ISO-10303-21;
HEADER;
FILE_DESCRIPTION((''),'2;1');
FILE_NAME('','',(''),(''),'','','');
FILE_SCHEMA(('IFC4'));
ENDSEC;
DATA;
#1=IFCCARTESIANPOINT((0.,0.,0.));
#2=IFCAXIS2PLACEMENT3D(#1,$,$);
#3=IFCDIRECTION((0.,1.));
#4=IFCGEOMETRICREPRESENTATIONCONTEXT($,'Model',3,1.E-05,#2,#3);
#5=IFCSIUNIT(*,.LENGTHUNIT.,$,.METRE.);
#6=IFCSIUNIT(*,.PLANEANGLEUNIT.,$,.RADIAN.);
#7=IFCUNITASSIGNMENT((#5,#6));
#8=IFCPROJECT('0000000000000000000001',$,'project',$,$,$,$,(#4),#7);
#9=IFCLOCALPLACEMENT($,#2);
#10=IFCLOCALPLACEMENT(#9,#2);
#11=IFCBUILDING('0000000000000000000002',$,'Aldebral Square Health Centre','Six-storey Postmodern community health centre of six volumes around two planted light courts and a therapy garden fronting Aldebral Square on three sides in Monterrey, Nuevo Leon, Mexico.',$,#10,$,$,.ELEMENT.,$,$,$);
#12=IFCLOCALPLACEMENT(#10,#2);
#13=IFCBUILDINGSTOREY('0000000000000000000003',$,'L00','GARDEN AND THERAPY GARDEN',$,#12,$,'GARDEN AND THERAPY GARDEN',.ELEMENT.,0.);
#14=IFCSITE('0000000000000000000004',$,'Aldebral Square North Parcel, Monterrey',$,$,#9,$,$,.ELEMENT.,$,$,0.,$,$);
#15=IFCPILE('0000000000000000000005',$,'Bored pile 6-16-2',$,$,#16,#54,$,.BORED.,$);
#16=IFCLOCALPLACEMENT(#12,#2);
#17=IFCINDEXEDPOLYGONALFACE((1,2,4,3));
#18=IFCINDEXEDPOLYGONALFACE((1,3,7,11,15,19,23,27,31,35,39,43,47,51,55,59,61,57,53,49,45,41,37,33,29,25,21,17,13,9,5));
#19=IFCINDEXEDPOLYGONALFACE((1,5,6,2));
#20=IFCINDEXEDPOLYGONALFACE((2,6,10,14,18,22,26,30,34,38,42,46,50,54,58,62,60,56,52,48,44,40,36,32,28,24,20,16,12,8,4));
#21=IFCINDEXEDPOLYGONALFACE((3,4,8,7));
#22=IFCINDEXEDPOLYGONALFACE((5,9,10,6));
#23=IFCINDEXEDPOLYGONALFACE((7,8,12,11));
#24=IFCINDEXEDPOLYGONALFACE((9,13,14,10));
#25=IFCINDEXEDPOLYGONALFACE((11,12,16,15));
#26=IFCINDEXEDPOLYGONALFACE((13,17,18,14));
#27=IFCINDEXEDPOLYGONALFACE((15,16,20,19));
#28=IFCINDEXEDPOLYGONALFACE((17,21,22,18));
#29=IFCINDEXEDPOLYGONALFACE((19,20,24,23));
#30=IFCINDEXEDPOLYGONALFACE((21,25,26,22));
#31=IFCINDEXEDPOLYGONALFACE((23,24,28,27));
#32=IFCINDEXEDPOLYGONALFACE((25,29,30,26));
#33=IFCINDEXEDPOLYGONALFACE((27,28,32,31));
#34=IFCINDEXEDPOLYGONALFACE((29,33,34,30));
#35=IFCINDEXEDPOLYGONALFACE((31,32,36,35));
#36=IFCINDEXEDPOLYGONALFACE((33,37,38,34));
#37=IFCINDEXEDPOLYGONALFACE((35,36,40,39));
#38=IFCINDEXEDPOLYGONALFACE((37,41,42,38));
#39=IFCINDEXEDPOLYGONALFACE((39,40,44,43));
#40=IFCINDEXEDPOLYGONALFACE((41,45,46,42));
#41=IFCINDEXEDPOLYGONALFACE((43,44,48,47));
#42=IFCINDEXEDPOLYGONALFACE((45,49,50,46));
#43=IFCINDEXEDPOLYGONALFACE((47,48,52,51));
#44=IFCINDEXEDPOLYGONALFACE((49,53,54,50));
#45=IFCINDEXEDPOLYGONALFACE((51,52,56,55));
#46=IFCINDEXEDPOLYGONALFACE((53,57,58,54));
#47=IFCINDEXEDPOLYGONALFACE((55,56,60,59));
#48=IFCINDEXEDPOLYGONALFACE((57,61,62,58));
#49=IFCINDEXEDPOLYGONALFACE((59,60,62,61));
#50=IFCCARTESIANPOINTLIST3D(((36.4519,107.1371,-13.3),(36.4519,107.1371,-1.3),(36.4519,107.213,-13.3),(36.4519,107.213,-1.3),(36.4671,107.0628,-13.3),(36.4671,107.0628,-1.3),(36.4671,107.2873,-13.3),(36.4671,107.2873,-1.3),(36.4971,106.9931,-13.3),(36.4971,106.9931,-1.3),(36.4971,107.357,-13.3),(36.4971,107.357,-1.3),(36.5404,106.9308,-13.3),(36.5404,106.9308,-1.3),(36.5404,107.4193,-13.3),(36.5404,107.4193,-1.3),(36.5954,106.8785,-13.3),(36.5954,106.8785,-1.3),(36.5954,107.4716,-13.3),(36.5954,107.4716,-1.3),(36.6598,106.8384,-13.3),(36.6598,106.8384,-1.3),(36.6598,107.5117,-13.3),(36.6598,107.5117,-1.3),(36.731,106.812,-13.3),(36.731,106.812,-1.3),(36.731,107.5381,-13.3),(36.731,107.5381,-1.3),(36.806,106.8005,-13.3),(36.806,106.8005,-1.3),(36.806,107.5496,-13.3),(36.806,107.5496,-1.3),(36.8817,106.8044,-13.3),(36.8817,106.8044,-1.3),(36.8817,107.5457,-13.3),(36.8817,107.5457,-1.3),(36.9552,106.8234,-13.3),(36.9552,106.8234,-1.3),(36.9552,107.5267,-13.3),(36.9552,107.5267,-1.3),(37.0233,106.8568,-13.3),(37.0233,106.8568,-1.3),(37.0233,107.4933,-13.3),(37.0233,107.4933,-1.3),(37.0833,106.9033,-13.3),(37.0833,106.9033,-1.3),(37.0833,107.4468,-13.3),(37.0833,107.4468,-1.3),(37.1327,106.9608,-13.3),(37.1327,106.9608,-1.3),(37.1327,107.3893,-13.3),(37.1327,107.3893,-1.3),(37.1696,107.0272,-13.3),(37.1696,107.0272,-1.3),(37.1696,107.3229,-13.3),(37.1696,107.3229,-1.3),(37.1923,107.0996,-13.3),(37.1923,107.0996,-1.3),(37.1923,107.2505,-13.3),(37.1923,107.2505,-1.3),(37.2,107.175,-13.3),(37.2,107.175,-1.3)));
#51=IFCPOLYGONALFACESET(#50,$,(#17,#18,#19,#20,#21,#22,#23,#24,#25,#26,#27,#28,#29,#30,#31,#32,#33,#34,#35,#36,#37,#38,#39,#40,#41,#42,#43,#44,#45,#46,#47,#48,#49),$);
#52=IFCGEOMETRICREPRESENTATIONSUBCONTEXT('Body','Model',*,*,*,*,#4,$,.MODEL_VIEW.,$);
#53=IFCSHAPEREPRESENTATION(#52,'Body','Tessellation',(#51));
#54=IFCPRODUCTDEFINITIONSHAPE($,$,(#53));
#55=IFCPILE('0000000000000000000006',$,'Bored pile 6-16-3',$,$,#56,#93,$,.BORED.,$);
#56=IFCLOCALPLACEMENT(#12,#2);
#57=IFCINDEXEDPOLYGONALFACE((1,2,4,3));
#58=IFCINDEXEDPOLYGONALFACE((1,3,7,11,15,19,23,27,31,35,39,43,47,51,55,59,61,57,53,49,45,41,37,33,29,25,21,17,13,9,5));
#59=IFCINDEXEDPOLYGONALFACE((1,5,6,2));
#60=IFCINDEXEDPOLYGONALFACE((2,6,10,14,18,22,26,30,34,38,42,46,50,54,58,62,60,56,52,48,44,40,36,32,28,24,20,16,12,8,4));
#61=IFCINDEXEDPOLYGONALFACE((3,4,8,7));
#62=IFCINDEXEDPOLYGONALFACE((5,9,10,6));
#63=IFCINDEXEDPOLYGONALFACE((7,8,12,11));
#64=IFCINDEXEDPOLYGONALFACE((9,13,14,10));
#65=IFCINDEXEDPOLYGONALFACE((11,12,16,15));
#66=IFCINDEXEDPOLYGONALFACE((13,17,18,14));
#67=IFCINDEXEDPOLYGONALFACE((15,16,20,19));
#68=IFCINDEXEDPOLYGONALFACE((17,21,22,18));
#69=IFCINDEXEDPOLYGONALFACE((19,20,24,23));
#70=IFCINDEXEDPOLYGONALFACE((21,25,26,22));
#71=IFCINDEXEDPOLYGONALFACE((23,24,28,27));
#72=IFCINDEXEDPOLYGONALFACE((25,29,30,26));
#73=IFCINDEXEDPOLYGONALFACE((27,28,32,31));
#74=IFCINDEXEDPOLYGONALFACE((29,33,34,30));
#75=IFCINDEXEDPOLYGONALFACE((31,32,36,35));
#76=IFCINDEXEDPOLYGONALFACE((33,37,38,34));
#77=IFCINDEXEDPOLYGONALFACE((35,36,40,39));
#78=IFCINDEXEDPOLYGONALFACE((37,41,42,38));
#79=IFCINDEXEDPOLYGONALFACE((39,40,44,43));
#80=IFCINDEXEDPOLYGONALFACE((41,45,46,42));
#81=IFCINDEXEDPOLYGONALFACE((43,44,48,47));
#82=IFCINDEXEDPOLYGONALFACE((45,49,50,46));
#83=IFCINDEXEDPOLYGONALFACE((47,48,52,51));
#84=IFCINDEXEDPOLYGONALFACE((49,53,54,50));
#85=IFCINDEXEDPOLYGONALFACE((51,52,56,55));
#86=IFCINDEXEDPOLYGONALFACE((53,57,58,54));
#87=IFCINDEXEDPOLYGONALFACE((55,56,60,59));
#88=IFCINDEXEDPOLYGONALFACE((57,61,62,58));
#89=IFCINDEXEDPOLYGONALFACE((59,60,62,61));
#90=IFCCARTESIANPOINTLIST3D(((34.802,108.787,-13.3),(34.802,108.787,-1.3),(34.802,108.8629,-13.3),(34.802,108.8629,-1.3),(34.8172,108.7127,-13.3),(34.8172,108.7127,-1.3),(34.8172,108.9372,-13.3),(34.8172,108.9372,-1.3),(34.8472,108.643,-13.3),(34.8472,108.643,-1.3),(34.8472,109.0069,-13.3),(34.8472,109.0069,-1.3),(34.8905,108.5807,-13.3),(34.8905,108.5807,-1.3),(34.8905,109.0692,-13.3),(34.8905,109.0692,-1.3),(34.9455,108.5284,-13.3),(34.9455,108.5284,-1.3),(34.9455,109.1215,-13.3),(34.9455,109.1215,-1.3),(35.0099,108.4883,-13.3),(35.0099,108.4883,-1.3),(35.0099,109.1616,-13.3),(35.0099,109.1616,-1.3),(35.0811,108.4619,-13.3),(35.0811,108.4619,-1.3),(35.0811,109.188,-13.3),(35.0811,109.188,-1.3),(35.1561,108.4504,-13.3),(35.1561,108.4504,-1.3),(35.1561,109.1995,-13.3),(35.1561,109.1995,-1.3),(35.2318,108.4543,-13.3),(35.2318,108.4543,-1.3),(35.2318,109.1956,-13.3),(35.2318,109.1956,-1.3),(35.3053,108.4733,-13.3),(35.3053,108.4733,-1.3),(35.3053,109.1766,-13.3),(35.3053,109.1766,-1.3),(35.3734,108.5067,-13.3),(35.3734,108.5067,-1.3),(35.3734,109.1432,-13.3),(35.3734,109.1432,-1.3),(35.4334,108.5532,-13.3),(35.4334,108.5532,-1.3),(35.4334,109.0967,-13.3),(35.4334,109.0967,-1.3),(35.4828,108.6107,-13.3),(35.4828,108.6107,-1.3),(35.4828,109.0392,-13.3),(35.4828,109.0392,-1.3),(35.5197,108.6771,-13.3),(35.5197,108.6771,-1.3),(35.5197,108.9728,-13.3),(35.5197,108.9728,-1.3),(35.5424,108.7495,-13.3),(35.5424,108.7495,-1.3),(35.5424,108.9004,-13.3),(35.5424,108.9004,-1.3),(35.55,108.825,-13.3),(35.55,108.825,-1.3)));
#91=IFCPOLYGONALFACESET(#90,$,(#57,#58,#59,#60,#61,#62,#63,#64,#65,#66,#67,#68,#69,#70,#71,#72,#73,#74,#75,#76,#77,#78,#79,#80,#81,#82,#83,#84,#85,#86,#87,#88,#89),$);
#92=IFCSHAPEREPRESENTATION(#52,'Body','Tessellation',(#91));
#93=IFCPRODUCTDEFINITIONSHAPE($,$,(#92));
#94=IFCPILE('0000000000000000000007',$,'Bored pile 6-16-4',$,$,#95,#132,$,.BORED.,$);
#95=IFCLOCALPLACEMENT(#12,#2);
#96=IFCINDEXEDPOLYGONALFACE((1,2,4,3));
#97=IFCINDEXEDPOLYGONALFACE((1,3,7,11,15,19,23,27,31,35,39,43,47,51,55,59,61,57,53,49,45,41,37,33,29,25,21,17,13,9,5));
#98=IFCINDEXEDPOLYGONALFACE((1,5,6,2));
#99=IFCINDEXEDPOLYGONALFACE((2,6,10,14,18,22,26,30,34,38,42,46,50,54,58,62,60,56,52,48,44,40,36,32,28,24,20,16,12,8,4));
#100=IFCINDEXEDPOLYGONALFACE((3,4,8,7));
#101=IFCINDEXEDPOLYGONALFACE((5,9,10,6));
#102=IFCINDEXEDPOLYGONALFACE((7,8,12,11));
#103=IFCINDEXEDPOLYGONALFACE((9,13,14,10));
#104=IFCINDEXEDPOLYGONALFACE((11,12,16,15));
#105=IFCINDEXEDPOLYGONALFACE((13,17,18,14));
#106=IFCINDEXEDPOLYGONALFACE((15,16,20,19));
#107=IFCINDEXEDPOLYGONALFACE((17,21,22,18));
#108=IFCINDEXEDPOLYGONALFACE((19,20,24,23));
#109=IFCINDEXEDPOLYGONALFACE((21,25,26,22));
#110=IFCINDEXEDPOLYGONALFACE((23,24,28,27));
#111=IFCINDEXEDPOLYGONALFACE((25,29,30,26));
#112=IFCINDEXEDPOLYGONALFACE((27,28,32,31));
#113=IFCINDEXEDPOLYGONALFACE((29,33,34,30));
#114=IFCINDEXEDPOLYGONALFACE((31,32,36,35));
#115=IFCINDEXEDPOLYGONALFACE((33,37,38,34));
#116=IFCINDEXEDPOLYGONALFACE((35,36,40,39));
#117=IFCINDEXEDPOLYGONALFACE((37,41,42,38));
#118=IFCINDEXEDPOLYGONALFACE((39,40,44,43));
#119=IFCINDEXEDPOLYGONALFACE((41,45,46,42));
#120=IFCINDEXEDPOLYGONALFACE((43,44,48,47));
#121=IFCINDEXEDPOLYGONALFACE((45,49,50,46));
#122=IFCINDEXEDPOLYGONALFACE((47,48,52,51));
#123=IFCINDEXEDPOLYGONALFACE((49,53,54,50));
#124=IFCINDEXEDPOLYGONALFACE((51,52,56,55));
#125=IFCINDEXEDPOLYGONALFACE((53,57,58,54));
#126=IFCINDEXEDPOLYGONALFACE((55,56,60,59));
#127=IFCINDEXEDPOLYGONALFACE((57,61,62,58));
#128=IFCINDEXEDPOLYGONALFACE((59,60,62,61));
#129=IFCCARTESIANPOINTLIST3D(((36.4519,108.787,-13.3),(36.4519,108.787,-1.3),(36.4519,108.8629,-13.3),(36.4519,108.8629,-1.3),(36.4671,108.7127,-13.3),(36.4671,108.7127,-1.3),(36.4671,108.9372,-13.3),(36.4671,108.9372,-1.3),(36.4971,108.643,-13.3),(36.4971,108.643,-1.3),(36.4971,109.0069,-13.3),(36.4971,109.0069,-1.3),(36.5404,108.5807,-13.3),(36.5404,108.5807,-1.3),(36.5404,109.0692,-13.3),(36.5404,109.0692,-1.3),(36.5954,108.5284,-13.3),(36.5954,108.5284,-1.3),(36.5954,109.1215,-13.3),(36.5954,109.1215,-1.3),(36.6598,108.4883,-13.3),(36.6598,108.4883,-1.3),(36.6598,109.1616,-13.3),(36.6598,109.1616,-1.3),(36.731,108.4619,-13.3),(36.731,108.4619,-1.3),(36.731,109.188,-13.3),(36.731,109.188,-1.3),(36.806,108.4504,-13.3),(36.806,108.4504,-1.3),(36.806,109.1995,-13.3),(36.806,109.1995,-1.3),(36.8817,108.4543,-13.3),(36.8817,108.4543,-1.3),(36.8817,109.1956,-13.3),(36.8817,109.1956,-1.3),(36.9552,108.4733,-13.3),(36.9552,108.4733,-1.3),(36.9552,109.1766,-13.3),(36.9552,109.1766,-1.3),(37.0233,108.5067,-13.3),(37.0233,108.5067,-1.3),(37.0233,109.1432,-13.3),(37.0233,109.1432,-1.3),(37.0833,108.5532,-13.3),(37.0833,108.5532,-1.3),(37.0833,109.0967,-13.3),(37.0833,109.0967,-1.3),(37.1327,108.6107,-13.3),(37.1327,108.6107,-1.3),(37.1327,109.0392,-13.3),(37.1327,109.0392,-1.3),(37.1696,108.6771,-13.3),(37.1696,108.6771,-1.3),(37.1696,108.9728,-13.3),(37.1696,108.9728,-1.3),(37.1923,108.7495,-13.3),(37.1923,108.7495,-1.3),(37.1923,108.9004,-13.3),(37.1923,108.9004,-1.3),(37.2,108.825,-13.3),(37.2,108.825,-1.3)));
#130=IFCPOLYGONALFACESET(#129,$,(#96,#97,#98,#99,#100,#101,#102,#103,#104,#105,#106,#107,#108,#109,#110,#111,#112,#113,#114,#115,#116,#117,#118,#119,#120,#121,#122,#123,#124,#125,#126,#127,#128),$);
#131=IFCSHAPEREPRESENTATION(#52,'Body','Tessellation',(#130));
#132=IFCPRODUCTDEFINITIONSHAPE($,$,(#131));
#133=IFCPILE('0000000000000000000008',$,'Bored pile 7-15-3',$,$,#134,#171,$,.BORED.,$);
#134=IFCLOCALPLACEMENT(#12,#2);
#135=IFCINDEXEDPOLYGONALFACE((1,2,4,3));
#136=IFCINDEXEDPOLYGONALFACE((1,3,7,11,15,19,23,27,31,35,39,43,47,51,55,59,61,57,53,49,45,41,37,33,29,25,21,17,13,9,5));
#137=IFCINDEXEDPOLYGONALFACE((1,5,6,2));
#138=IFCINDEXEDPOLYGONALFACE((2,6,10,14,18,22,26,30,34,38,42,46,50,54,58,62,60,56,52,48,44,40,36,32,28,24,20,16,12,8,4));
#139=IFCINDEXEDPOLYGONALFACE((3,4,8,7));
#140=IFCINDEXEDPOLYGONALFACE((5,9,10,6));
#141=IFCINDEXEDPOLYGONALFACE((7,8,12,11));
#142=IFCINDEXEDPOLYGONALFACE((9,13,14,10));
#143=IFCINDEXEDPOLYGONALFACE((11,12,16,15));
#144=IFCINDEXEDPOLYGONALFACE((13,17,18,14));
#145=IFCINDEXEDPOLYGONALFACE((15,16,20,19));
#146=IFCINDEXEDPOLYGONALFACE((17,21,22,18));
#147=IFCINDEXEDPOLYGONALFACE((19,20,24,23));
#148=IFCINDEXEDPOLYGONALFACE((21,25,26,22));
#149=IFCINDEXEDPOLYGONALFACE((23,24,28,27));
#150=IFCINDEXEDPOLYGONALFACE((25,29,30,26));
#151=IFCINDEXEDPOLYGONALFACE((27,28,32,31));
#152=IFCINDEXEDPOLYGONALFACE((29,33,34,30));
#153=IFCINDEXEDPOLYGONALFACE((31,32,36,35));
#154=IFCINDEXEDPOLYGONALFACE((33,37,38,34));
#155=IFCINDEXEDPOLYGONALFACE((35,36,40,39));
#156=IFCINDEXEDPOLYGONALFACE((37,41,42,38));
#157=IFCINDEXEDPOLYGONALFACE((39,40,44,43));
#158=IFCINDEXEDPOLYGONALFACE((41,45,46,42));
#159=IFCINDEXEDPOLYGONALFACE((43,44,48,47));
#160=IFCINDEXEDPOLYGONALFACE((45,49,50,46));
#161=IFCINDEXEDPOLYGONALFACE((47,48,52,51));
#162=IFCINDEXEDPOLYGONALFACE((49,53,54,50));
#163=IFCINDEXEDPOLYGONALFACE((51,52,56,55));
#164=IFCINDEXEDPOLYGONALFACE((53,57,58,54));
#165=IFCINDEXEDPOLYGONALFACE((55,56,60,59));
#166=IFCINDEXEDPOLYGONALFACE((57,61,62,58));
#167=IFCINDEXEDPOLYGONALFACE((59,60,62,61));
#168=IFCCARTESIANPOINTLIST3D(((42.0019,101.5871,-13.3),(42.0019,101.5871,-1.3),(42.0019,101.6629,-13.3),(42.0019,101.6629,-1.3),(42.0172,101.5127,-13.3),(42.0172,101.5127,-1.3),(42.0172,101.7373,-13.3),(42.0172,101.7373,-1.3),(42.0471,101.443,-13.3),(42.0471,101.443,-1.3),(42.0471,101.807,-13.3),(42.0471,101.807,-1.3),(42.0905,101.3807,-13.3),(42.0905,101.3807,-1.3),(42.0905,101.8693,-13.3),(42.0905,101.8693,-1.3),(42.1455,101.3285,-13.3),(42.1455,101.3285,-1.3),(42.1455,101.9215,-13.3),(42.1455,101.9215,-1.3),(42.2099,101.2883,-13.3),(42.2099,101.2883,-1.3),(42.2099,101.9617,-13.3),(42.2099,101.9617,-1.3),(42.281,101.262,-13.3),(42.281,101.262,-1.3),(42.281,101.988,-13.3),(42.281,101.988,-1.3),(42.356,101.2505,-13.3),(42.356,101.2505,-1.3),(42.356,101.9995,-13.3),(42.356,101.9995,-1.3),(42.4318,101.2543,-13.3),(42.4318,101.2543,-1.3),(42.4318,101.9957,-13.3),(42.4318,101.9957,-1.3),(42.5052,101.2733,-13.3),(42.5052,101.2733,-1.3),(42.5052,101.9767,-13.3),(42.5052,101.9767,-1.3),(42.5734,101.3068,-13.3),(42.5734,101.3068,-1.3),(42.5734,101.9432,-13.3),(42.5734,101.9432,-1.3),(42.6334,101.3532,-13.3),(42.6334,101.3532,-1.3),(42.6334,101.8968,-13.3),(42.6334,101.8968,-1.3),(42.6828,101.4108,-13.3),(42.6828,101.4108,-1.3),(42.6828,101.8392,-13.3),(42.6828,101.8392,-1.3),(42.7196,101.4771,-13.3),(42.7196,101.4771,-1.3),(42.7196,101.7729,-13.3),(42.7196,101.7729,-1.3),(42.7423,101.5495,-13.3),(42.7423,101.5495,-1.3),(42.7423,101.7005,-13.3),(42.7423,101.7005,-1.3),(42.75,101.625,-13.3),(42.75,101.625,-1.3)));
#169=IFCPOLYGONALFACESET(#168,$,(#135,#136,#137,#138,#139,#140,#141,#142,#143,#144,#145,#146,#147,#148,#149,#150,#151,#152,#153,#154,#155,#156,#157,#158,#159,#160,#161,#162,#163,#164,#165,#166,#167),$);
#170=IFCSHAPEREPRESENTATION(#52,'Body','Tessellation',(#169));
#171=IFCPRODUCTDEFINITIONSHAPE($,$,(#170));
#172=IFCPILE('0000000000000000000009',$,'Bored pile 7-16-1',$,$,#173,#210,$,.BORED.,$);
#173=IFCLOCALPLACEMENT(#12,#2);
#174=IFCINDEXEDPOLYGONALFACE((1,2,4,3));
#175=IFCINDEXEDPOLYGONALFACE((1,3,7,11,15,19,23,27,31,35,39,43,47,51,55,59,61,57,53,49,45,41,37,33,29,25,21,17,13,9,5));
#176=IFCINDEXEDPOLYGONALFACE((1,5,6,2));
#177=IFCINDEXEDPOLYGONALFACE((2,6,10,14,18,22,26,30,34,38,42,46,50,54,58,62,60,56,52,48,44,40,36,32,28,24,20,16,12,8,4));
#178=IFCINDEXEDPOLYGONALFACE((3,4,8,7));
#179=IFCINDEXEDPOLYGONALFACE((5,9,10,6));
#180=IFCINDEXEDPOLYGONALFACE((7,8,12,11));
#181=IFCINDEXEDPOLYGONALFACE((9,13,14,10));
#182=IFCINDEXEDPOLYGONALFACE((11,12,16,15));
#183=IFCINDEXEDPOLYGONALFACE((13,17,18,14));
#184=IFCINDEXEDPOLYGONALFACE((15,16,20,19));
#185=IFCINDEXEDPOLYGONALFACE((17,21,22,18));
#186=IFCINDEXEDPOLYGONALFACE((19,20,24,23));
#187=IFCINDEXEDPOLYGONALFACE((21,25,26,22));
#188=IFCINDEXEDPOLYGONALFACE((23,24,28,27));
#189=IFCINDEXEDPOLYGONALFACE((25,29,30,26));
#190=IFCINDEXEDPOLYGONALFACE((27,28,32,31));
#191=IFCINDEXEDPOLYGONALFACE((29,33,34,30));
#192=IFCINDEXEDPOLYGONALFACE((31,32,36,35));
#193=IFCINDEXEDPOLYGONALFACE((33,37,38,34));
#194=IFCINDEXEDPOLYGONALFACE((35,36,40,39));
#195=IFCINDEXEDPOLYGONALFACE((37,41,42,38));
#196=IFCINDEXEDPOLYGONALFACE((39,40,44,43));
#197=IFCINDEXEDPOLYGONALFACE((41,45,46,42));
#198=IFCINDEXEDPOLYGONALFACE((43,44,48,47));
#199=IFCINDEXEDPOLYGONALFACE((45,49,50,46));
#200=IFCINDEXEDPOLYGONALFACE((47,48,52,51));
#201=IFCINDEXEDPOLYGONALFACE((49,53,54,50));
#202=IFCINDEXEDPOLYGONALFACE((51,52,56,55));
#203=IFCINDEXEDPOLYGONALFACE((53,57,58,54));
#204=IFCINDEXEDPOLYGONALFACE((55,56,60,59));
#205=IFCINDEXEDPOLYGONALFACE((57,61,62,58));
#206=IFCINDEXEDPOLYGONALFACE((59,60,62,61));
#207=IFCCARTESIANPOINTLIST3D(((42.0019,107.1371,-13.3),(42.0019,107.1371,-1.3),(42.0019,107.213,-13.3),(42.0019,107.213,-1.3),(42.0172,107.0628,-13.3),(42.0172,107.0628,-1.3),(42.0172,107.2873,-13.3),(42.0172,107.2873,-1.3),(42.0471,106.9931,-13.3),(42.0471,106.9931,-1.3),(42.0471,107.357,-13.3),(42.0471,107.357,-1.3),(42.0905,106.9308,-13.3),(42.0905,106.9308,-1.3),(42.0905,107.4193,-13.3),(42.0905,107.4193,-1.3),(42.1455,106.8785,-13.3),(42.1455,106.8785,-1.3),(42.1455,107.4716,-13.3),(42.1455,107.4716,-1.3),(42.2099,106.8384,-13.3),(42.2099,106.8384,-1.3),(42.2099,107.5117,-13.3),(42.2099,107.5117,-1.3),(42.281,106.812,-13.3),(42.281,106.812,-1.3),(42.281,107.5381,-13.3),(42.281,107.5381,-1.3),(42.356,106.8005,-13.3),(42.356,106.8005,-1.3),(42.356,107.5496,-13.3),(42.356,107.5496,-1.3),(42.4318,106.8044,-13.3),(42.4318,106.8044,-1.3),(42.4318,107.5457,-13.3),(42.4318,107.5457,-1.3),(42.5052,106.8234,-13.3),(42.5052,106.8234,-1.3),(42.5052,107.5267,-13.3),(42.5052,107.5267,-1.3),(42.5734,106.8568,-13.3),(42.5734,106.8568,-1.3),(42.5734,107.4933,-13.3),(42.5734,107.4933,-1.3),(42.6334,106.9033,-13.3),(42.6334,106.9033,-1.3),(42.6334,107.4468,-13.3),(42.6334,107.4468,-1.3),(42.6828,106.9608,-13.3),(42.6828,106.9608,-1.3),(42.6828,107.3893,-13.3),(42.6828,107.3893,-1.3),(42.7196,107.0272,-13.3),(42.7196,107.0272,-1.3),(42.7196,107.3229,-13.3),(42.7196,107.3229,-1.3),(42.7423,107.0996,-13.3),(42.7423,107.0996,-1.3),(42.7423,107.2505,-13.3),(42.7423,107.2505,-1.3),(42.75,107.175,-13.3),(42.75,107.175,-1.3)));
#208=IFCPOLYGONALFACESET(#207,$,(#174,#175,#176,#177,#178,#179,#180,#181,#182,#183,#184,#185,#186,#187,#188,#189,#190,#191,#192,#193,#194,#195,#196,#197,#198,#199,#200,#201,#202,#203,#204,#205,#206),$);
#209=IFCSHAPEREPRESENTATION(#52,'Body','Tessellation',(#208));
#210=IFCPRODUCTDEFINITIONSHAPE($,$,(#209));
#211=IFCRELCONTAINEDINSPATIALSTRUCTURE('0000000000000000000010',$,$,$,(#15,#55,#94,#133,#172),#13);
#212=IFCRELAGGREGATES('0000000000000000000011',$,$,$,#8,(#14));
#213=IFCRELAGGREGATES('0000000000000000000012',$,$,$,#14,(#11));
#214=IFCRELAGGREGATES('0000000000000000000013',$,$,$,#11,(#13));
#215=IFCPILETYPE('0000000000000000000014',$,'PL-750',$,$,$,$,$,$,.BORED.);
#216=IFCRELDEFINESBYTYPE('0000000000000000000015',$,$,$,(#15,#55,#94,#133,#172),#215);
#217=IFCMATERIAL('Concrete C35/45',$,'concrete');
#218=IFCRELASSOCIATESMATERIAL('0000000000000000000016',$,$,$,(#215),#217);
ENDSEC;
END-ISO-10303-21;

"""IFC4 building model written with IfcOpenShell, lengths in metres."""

from ifc_helpers import new_model, si_unit, direction, frame, origin, origin_2d, place, context, subcontext, project, spatial, circle, extrude, material, material_profile, profile_set, type_object, element, save


model = new_model("IFC4")

# Units and contexts
model_context = context("Model", 3, precision=1e-05, world=origin(), true_north=direction((0.0, 1.0)))
body_context = subcontext(model_context, "Body", "Model", "MODEL_VIEW")
ifc_project = project(units=[si_unit("LENGTHUNIT", "METRE"), si_unit("PLANEANGLEUNIT", "RADIAN")], contexts=[model_context])

# Site, building, storey
site_placement = place(None, origin())
site = spatial("IfcSite", under=ifc_project, at=site_placement, Name="Aldebral Square North Parcel, Monterrey", CompositionType="ELEMENT", RefElevation=0.0)
building_placement = place(site_placement, origin())
building = spatial("IfcBuilding", under=site, at=building_placement, Name="Aldebral Square Health Centre", Description="Six-storey Postmodern community health centre of six volumes around two planted light courts and a therapy garden fronting Aldebral Square on three sides in Monterrey, Nuevo Leon, Mexico.", CompositionType="ELEMENT")
storey_placement = place(building_placement, origin())
storey = spatial("IfcBuildingStorey", under=building, at=storey_placement, Name="L00", Description="GARDEN AND THERAPY GARDEN", LongName="GARDEN AND THERAPY GARDEN", CompositionType="ELEMENT", Elevation=0.0)

# Shared definitions
ifc_material_1 = material(Name="Concrete C35/45", Category="concrete")

# Piles
ifc_material_profile_1 = material_profile(ifc_material_1, circle(Radius=0.375, at=origin_2d()), Name="PILE D750")
ifc_profile_set_1 = profile_set([ifc_material_profile_1], Name="Concrete C35/45")
pile_type = type_object("IfcPileType", Name="PL-750", PredefinedType="BORED", material=ifc_profile_set_1)
for number, where, z_axis, x_axis, name in (
    (1, (36.825, 107.175, -1.3), (0.0, 0.0, -1.0), (1.0, 0.0, 0.0), "Bored pile 6-16-2"),
    (2, (35.175, 108.825, -1.3), (0.0, 0.0, -1.0), (1.0, 0.0, 0.0), "Bored pile 6-16-3"),
    (3, (36.825, 108.825, -1.3), (0.0, 0.0, -1.0), (1.0, 0.0, 0.0), "Bored pile 6-16-4"),
    (4, (42.375, 101.625, -1.3), (0.0, 0.0, -1.0), (1.0, 0.0, 0.0), "Bored pile 7-15-3"),
    (5, (42.375, 107.175, -1.3), (0.0, 0.0, -1.0), (1.0, 0.0, 0.0), "Bored pile 7-16-1"),
):
    element("IfcPile", number, at=place(storey_placement, frame(where, z_axis=z_axis, x_axis=x_axis)), inside=storey, type_object=pile_type, Name=name, PredefinedType="BORED", context=body_context, shape_type="SweptSolid", body=[
        extrude(circle(Radius=0.375, at=origin_2d()), origin(), (0.0, 0.0, 1.0), 12.0),
    ])

save(model, "model.ifc")
